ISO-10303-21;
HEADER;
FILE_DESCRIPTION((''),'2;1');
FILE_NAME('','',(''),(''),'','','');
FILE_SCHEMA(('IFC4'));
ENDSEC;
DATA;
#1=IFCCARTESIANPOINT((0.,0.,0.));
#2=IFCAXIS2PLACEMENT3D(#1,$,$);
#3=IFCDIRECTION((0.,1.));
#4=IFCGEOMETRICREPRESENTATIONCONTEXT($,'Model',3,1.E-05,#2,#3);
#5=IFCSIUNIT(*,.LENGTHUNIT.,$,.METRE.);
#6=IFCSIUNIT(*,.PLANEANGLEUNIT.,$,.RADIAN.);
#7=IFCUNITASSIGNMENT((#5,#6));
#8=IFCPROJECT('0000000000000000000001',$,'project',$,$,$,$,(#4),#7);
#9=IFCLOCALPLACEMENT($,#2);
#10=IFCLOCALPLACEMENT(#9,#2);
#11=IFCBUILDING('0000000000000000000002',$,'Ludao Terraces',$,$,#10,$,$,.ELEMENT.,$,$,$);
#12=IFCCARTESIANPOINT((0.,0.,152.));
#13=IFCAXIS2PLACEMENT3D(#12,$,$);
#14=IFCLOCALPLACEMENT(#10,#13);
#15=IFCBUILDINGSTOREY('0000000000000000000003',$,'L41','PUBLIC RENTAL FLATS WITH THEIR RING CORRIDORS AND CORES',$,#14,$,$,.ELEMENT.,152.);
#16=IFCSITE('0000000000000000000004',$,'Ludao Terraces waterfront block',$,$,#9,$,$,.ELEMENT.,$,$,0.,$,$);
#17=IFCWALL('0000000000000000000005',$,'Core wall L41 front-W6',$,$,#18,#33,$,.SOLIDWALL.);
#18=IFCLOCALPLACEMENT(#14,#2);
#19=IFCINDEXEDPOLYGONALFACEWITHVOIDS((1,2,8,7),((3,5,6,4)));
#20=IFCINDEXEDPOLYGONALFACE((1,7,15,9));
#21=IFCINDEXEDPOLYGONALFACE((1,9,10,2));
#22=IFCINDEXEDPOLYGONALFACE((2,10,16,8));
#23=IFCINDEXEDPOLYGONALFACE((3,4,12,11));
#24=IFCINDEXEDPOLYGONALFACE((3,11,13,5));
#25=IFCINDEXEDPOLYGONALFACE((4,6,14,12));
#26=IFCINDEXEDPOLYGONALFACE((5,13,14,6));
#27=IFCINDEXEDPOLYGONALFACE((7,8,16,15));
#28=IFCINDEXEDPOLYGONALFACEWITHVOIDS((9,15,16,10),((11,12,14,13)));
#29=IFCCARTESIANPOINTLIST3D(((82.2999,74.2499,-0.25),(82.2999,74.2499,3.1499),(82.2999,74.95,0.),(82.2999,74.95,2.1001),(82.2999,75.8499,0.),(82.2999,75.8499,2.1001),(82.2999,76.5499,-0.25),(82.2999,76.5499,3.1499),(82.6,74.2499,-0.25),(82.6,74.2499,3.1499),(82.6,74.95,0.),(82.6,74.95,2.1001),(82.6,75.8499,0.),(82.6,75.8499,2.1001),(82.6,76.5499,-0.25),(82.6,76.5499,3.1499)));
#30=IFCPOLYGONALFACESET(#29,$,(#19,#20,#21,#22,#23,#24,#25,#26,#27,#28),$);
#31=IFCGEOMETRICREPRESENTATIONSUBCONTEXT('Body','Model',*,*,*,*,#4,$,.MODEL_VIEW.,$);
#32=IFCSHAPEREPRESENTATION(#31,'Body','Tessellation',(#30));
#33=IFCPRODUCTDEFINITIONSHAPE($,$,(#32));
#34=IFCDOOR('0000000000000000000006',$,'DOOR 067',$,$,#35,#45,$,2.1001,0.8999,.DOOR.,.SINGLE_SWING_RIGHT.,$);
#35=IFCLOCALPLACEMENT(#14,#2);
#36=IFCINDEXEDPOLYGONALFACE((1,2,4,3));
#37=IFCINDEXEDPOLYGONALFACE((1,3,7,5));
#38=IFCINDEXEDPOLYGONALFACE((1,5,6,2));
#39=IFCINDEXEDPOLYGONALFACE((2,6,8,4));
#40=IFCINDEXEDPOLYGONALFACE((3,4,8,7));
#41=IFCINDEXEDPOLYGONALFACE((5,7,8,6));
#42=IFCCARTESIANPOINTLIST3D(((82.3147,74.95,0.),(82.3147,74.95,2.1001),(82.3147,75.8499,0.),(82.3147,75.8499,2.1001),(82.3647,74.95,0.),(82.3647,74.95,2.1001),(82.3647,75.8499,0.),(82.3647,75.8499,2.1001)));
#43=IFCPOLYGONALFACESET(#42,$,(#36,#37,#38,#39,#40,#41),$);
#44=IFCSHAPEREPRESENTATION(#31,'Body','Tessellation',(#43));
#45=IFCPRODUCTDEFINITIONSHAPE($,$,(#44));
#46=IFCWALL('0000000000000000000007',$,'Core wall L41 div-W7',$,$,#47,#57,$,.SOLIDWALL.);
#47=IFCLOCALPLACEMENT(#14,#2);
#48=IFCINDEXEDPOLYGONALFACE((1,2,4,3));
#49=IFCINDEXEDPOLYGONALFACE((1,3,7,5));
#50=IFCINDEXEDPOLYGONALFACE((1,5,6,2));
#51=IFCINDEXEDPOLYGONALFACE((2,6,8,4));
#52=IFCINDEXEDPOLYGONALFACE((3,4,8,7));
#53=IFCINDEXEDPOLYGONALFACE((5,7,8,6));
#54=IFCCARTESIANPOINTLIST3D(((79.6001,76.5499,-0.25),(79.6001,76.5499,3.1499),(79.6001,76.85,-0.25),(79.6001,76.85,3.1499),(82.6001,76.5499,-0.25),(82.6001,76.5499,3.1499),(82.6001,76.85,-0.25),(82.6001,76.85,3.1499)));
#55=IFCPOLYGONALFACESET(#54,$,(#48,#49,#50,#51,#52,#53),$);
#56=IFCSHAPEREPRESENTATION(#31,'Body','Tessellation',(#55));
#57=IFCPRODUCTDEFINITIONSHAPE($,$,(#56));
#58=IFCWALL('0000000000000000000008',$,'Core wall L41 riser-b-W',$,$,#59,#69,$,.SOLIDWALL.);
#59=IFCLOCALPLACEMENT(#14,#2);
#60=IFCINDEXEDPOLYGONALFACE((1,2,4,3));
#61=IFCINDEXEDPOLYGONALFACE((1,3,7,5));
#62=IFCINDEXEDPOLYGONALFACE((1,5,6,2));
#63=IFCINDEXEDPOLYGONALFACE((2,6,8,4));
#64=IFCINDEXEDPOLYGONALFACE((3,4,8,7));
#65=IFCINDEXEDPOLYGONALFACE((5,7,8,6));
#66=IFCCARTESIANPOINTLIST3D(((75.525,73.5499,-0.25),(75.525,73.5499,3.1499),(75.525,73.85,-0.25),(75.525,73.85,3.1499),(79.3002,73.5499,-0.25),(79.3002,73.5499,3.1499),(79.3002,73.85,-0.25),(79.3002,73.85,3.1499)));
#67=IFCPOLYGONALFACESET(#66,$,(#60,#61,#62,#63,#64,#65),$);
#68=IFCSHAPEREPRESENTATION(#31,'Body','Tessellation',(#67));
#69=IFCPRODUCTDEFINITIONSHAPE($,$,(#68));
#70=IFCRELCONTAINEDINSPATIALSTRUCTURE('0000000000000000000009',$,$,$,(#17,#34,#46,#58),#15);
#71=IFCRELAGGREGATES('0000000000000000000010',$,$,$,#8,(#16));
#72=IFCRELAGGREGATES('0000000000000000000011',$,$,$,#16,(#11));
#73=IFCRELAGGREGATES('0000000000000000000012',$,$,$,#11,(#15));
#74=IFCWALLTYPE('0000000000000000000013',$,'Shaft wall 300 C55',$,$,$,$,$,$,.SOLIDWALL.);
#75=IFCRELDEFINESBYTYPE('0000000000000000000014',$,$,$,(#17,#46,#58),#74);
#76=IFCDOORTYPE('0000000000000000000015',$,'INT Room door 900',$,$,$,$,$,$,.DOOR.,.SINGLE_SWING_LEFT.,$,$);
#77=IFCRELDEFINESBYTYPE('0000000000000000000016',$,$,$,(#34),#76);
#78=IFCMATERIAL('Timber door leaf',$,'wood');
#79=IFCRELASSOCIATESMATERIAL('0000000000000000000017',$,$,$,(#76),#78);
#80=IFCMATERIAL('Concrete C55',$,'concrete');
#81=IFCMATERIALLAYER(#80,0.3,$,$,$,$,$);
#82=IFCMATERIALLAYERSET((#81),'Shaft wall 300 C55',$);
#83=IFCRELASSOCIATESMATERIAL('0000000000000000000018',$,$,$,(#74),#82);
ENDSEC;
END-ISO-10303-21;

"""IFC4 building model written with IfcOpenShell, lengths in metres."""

from ifc_helpers import new_model, si_unit, direction, frame, frame_2d, origin, place, context, subcontext, project, spatial, rectangle, extrude, material, layer, layer_set, type_object, element, fill, save


model = new_model("IFC4")

# Units and contexts
model_context = context("Model", 3, precision=1e-05, world=origin(), true_north=direction((0.0, 1.0)))
body_context = subcontext(model_context, "Body", "Model", "MODEL_VIEW")
ifc_project = project(units=[si_unit("LENGTHUNIT", "METRE"), si_unit("PLANEANGLEUNIT", "RADIAN")], contexts=[model_context])

# Site, building, storey
site_placement = place(None, origin())
site = spatial("IfcSite", under=ifc_project, at=site_placement, Name="Ludao Terraces waterfront block", CompositionType="ELEMENT", RefElevation=0.0)
building_placement = place(site_placement, origin())
building = spatial("IfcBuilding", under=site, at=building_placement, Name="Ludao Terraces", CompositionType="ELEMENT")
storey_placement = place(building_placement, frame((0.0, 0.0, 152.0)))
storey = spatial("IfcBuildingStorey", under=building, at=storey_placement, Name="L41", Description="PUBLIC RENTAL FLATS WITH THEIR RING CORRIDORS AND CORES", CompositionType="ELEMENT", Elevation=152.0)

# Shared definitions
ifc_material_1 = material(Name="Timber door leaf", Category="wood")
door_type_1 = type_object("IfcDoorType", Name="INT Room door 900", OperationType="SINGLE_SWING_LEFT", PredefinedType="DOOR", material=ifc_material_1)

# Shared definitions
ifc_material_2 = material(Name="Concrete C55", Category="concrete")
ifc_layer_1 = layer(ifc_material_2, 0.3)
ifc_layer_set_1 = layer_set([ifc_layer_1], Name="Shaft wall 300 C55")
wall_type_1 = type_object("IfcWallType", Name="Shaft wall 300 C55", PredefinedType="SOLIDWALL", material=ifc_layer_set_1)

# Wall, opening, door
wall_1_placement = place(storey_placement, frame((82.45, 74.25, -0.25), z_axis=(0.0, 0.0, 1.0), x_axis=(0.0, 1.0, 0.0)))
wall_1 = element("IfcWall", 1, at=wall_1_placement, inside=storey, type_object=wall_type_1, Name="Core wall L41 front-W6", PredefinedType="SOLIDWALL", context=body_context, shape_type="SweptSolid", body=[
    extrude(rectangle(XDim=2.3, YDim=0.3, at=frame_2d((1.1499, 0.0))), origin(), (0.0, 0.0, 1.0), 3.3999),
])
opening_1_placement = place(wall_1_placement, frame((0.7, 0.0, 0.25)))
opening_1 = element("IfcOpeningElement", 2, at=opening_1_placement, cuts=wall_1, PredefinedType="OPENING", context=body_context, shape_type="SweptSolid", body=[
    extrude(rectangle(XDim=0.8999, YDim=2.1001, at=frame_2d((0.45, 1.05))), frame((0.0, 0.1602, 0.0), z_axis=(0.0, -1.0, 0.0), x_axis=(1.0, 0.0, 0.0)), (0.0, 0.0, 1.0), 0.3201),
])
door_1_placement = place(opening_1_placement, origin())
door_1 = element("IfcDoor", 3, at=door_1_placement, inside=storey, type_object=door_type_1, Name="DOOR 067", OperationType="SINGLE_SWING_RIGHT", OverallHeight=2.1001, OverallWidth=0.8999, PredefinedType="DOOR", context=body_context, shape_type="SweptSolid", body=[
    extrude(rectangle(XDim=0.8999, YDim=2.1001, at=frame_2d((0.45, 1.05))), frame((0.0, 0.1353, 0.0), z_axis=(0.0, -1.0, 0.0), x_axis=(1.0, 0.0, 0.0)), (0.0, 0.0, 1.0), 0.05),
])
fill(opening_1, door_1)

# Walls
wall_2_placement = place(storey_placement, frame((79.6001, 76.7, -0.25), z_axis=(0.0, 0.0, 1.0), x_axis=(1.0, 0.0, 0.0)))
element("IfcWall", 4, at=wall_2_placement, inside=storey, type_object=wall_type_1, Name="Core wall L41 div-W7", PredefinedType="SOLIDWALL", context=body_context, shape_type="SweptSolid", body=[
    extrude(rectangle(XDim=3.0, YDim=0.3, at=frame_2d((1.5, 0.0))), origin(), (0.0, 0.0, 1.0), 3.3999),
])
wall_3_placement = place(storey_placement, frame((75.5249, 73.7, -0.25), z_axis=(0.0, 0.0, 1.0), x_axis=(1.0, 0.0, 0.0)))
element("IfcWall", 5, at=wall_3_placement, inside=storey, type_object=wall_type_1, Name="Core wall L41 riser-b-W", PredefinedType="SOLIDWALL", context=body_context, shape_type="SweptSolid", body=[
    extrude(rectangle(XDim=3.7751, YDim=0.3, at=frame_2d((1.8877, 0.0))), origin(), (0.0, 0.0, 1.0), 3.3999),
])

save(model, "model.ifc")
